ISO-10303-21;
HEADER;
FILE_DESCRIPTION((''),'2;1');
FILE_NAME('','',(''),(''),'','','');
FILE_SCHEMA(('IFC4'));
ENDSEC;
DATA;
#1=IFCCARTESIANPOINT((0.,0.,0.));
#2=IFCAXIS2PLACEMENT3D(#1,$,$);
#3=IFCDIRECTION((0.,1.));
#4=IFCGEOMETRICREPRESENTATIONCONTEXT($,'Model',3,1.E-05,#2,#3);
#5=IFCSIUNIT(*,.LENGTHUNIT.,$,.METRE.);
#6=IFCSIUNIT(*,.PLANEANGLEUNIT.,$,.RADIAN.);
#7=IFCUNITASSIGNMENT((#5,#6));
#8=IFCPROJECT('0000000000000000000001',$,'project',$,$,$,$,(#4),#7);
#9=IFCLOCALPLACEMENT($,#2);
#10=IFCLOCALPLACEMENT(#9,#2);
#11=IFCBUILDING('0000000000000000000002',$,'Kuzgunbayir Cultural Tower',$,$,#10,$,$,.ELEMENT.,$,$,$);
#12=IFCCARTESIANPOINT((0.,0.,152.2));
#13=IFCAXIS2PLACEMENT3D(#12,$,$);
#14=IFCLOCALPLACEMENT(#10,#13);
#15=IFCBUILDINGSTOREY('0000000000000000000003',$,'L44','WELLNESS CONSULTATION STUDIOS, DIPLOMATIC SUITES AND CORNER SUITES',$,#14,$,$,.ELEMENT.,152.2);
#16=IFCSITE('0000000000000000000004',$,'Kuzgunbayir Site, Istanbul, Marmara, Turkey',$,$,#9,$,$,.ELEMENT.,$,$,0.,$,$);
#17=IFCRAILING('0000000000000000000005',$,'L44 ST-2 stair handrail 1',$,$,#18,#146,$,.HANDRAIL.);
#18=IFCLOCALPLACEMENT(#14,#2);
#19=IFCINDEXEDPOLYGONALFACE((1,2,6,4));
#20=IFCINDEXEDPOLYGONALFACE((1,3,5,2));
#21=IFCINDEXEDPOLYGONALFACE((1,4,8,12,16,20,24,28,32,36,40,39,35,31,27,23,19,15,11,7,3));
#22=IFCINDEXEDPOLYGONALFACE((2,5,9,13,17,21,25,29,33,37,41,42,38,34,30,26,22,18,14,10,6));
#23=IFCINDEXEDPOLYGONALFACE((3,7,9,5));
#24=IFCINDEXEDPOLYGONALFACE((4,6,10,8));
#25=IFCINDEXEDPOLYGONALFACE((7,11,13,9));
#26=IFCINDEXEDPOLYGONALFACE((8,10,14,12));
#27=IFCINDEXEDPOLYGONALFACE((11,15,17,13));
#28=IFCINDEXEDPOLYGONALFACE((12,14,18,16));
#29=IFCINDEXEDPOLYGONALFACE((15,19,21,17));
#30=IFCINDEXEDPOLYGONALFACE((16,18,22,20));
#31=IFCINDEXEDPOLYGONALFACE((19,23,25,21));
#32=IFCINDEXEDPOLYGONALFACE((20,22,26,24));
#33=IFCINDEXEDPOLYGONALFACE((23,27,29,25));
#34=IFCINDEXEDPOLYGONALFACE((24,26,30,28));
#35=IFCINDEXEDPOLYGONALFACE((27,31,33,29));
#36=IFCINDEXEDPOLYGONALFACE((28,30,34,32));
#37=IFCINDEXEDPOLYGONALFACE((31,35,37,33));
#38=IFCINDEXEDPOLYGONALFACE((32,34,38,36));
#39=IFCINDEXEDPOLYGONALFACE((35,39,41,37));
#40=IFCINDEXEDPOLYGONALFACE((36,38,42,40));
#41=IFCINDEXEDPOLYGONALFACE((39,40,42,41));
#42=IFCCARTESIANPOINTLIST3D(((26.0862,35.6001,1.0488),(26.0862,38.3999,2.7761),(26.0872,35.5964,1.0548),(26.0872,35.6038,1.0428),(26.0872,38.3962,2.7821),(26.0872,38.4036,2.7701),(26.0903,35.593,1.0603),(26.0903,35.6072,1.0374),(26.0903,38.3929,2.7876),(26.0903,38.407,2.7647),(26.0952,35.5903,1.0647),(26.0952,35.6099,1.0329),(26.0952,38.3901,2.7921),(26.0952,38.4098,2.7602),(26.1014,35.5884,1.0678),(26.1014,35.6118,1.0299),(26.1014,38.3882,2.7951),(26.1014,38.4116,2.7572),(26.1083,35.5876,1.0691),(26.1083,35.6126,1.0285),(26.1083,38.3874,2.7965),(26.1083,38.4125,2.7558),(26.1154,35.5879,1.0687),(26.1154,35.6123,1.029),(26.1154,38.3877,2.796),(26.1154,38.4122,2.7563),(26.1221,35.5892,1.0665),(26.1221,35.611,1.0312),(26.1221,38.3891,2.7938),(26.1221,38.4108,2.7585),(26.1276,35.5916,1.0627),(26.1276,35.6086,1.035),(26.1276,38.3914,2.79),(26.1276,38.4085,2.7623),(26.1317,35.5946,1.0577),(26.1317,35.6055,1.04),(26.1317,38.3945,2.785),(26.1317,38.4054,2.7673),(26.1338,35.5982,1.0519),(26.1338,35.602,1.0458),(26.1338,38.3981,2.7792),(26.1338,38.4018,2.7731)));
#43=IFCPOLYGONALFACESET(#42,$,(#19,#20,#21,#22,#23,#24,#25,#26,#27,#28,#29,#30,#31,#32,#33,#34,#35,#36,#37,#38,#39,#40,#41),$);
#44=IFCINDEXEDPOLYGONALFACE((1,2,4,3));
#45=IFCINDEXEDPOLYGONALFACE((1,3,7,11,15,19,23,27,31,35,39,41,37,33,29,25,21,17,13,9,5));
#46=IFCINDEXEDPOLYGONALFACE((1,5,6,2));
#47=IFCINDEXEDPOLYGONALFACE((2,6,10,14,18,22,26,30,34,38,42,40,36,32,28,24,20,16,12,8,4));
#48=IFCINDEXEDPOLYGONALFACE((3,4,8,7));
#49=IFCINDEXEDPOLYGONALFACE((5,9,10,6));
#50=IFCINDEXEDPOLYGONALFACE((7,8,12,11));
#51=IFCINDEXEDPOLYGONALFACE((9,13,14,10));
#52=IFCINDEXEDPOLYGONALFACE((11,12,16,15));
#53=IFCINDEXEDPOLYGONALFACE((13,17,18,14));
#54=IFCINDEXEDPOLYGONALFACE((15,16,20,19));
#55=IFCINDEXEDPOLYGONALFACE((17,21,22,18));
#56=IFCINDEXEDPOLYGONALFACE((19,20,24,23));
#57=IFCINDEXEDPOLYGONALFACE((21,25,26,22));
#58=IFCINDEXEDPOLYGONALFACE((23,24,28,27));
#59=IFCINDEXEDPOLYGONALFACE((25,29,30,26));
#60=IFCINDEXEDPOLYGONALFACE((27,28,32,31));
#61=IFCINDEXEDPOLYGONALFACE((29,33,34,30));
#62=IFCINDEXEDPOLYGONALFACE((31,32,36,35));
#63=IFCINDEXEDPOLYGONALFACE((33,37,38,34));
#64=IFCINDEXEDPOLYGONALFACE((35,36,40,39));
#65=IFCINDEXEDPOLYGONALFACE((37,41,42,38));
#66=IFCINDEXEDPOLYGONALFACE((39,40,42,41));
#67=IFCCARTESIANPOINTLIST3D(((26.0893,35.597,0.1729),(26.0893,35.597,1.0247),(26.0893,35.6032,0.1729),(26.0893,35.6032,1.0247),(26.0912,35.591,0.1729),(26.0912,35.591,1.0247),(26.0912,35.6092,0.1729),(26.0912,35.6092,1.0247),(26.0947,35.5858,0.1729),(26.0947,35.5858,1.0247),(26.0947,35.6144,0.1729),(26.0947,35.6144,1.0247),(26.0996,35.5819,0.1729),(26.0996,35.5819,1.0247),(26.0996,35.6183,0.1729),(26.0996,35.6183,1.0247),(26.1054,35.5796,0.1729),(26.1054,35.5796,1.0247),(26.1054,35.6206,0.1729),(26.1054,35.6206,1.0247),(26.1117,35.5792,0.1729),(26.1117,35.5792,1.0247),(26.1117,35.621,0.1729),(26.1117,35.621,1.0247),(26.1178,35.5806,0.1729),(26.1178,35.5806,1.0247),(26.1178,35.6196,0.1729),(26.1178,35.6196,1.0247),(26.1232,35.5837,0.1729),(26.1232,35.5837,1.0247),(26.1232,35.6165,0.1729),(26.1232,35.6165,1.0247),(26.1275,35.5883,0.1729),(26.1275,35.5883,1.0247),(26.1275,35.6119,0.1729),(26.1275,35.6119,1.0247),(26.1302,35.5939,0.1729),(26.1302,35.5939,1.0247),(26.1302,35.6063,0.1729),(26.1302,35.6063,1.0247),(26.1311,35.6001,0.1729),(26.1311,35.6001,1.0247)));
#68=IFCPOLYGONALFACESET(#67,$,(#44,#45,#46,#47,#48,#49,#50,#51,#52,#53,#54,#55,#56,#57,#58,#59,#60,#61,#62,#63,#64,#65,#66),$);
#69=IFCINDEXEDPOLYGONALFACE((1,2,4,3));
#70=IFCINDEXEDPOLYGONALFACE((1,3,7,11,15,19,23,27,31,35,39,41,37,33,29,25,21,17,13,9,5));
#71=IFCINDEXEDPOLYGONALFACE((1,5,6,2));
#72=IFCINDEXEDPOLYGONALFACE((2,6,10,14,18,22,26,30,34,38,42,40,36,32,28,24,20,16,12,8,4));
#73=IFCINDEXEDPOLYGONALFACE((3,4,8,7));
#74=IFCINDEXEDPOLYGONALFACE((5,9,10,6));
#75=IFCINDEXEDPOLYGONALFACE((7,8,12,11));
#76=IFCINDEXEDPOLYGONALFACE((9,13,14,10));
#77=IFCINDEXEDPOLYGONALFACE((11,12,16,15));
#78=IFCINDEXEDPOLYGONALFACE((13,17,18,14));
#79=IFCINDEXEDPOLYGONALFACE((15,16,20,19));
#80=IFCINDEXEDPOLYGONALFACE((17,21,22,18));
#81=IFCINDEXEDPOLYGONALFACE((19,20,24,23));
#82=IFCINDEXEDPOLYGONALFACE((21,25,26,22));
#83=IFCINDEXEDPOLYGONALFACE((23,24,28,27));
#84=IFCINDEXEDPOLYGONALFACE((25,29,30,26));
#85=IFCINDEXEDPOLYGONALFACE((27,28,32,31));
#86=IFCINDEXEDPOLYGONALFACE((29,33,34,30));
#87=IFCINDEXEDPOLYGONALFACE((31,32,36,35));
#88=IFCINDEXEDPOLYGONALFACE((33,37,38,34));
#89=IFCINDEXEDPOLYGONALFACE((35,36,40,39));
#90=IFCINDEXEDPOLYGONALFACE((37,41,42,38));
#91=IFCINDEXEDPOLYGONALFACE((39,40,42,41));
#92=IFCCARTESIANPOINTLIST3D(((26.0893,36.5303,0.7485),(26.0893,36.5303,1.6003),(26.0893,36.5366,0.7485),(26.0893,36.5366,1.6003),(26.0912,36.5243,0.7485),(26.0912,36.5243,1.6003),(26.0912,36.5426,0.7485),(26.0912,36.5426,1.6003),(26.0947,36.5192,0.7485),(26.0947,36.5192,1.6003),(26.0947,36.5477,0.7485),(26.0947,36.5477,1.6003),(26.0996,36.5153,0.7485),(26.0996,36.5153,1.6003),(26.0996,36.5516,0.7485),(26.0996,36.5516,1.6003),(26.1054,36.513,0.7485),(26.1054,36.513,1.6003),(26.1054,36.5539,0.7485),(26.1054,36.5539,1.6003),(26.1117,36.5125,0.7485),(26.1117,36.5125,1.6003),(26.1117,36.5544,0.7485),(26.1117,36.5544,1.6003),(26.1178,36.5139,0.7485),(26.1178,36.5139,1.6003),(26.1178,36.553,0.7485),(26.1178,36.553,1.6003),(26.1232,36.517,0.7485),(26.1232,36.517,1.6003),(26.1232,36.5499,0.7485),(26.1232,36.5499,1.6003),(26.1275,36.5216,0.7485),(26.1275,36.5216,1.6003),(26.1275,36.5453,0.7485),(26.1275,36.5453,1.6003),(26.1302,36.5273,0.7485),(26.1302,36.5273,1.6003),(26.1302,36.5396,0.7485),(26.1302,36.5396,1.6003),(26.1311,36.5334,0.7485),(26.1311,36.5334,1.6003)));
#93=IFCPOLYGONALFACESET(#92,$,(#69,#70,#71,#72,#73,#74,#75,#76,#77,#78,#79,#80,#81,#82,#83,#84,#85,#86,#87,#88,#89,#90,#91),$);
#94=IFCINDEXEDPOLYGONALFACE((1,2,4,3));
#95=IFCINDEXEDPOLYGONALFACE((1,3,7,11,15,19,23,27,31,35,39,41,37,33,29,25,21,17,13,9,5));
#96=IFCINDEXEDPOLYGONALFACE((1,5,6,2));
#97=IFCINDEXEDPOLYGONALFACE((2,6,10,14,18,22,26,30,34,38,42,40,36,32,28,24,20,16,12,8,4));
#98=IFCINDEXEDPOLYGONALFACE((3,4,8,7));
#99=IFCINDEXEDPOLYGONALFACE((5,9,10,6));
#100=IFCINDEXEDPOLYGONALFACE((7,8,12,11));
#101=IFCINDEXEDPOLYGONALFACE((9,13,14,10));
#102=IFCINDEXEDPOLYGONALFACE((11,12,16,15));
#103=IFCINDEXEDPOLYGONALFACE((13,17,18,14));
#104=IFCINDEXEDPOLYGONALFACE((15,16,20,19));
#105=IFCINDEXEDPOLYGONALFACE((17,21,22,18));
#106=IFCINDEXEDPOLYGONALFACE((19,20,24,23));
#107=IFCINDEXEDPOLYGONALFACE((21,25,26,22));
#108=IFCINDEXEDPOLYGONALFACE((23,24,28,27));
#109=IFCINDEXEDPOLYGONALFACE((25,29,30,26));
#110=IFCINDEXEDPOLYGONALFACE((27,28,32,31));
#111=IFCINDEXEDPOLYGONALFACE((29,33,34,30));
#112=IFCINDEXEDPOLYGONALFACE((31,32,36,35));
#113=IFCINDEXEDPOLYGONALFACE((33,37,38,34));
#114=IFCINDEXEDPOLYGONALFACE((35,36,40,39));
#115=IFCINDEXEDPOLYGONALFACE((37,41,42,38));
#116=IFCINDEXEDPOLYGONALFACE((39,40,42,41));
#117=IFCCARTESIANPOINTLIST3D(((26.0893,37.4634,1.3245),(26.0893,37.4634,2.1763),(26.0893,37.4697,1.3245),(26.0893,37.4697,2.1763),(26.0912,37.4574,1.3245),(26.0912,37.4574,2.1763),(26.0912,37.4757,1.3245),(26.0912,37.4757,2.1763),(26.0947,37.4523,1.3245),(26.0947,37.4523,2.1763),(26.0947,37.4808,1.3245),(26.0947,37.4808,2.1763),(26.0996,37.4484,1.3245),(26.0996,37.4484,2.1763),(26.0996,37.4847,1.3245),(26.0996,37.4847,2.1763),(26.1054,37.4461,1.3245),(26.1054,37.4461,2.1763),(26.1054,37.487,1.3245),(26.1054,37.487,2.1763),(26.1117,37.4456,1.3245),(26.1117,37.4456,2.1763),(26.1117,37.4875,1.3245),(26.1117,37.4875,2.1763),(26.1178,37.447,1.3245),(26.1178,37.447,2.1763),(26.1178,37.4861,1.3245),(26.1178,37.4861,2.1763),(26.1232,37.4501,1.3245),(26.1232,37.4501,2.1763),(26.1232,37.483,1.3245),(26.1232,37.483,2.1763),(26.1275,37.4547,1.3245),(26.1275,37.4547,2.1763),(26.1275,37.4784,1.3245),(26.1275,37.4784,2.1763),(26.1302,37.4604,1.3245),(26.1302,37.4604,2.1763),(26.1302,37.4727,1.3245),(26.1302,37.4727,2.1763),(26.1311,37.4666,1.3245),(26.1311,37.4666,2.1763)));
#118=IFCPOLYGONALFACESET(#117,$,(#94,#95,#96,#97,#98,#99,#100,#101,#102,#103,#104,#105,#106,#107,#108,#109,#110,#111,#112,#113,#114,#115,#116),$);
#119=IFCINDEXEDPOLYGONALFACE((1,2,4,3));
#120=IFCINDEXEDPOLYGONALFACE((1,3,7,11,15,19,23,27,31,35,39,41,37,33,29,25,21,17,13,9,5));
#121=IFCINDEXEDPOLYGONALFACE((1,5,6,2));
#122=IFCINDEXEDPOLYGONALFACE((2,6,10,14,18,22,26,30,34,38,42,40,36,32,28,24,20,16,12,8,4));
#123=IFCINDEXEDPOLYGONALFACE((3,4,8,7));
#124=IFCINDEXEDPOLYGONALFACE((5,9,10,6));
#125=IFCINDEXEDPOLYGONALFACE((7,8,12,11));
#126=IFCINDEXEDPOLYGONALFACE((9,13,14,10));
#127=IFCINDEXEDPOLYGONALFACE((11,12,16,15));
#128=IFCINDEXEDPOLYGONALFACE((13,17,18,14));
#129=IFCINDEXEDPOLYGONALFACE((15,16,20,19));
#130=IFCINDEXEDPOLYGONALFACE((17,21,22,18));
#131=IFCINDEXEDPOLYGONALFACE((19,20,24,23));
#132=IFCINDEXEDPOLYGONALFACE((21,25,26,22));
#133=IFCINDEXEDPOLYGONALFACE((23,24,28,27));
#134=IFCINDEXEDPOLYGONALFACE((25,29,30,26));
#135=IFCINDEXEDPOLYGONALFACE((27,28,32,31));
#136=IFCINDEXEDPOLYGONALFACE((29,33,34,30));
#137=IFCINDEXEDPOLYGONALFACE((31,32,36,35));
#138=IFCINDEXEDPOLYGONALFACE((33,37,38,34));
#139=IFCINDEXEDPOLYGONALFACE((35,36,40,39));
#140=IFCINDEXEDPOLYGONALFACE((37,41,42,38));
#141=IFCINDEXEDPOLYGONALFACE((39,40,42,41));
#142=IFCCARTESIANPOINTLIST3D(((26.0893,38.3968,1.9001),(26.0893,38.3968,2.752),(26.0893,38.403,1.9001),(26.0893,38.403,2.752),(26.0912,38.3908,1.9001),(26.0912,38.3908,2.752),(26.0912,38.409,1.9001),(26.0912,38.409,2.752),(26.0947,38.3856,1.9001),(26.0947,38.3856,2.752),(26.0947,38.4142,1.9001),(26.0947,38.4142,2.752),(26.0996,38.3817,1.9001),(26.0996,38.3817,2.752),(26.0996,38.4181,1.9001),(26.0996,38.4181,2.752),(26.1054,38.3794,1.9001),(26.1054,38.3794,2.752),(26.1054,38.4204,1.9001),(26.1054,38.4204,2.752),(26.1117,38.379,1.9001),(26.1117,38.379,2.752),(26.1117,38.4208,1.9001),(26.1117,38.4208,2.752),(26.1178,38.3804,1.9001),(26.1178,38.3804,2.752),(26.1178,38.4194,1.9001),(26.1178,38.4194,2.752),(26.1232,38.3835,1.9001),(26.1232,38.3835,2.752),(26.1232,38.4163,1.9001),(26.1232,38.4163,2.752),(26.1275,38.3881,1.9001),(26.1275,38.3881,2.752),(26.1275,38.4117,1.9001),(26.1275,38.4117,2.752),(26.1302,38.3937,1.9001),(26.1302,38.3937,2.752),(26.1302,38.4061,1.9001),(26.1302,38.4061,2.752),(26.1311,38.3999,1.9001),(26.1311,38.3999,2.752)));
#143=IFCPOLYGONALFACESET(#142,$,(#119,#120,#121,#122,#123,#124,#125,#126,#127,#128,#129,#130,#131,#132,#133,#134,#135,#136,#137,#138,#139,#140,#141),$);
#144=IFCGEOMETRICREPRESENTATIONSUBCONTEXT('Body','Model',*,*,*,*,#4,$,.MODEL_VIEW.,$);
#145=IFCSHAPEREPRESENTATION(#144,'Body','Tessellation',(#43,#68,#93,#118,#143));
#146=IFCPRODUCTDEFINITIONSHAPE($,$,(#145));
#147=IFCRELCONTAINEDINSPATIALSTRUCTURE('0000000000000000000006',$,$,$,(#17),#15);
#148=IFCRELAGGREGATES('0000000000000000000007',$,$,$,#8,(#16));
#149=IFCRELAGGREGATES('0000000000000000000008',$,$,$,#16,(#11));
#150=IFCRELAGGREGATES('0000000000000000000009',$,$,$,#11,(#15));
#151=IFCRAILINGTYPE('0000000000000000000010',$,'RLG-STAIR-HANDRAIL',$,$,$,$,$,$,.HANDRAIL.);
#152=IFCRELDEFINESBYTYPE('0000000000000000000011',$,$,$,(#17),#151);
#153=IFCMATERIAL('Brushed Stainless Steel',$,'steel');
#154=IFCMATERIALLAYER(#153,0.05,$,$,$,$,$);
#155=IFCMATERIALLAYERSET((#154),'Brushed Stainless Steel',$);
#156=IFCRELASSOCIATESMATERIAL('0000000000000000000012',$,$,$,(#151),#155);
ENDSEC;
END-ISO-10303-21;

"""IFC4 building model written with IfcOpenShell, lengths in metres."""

from ifc_helpers import new_model, si_unit, direction, frame, origin, origin_2d, place, context, subcontext, project, spatial, circle, extrude, material, layer, layer_set, type_object, element, save


model = new_model("IFC4")

# Units and contexts
model_context = context("Model", 3, precision=1e-05, world=origin(), true_north=direction((0.0, 1.0)))
body_context = subcontext(model_context, "Body", "Model", "MODEL_VIEW")
ifc_project = project(units=[si_unit("LENGTHUNIT", "METRE"), si_unit("PLANEANGLEUNIT", "RADIAN")], contexts=[model_context])

# Site, building, storey
site_placement = place(None, origin())
site = spatial("IfcSite", under=ifc_project, at=site_placement, Name="Kuzgunbayir Site, Istanbul, Marmara, Turkey", CompositionType="ELEMENT", RefElevation=0.0)
building_placement = place(site_placement, origin())
building = spatial("IfcBuilding", under=site, at=building_placement, Name="Kuzgunbayir Cultural Tower", CompositionType="ELEMENT")
storey_placement = place(building_placement, frame((0.0, 0.0, 152.2)))
storey = spatial("IfcBuildingStorey", under=building, at=storey_placement, Name="L44", Description="WELLNESS CONSULTATION STUDIOS, DIPLOMATIC SUITES AND CORNER SUITES", CompositionType="ELEMENT", Elevation=152.2)

# Shared definitions
ifc_material_1 = material(Name="Brushed Stainless Steel", Category="steel")

# Railing
ifc_layer_1 = layer(ifc_material_1, 0.05)
ifc_layer_set_1 = layer_set([ifc_layer_1], Name="Brushed Stainless Steel")
railing_type_1 = type_object("IfcRailingType", Name="RLG-STAIR-HANDRAIL", PredefinedType="HANDRAIL", material=ifc_layer_set_1)
railing_1_placement = place(storey_placement, frame((26.1101, 35.6001, 0.1729)))
element("IfcRailing", 1, at=railing_1_placement, inside=storey, type_object=railing_type_1, Name="L44 ST-2 stair handrail 1", PredefinedType="HANDRAIL", context=body_context, shape_type="SweptSolid", body=[
    extrude(circle(Radius=0.0239, at=origin_2d()), frame((0.0, 0.0, 0.876), z_axis=(0.0, 0.851069, 0.525054), x_axis=(-1.0, 0.0, 0.0)), (0.0, 0.0, 1.0), 3.2898),
    extrude(circle(Radius=0.021, at=origin_2d()), origin(), (0.0, 0.0, 1.0), 0.8518),
    extrude(circle(Radius=0.021, at=origin_2d()), frame((0.0, 0.9333, 0.5757)), (0.0, 0.0, 1.0), 0.8518),
    extrude(circle(Radius=0.021, at=origin_2d()), frame((0.0, 1.8665, 1.1516)), (0.0, 0.0, 1.0), 0.8518),
    extrude(circle(Radius=0.021, at=origin_2d()), frame((0.0, 2.7998, 1.7273)), (0.0, 0.0, 1.0), 0.8518),
])

save(model, "model.ifc")
